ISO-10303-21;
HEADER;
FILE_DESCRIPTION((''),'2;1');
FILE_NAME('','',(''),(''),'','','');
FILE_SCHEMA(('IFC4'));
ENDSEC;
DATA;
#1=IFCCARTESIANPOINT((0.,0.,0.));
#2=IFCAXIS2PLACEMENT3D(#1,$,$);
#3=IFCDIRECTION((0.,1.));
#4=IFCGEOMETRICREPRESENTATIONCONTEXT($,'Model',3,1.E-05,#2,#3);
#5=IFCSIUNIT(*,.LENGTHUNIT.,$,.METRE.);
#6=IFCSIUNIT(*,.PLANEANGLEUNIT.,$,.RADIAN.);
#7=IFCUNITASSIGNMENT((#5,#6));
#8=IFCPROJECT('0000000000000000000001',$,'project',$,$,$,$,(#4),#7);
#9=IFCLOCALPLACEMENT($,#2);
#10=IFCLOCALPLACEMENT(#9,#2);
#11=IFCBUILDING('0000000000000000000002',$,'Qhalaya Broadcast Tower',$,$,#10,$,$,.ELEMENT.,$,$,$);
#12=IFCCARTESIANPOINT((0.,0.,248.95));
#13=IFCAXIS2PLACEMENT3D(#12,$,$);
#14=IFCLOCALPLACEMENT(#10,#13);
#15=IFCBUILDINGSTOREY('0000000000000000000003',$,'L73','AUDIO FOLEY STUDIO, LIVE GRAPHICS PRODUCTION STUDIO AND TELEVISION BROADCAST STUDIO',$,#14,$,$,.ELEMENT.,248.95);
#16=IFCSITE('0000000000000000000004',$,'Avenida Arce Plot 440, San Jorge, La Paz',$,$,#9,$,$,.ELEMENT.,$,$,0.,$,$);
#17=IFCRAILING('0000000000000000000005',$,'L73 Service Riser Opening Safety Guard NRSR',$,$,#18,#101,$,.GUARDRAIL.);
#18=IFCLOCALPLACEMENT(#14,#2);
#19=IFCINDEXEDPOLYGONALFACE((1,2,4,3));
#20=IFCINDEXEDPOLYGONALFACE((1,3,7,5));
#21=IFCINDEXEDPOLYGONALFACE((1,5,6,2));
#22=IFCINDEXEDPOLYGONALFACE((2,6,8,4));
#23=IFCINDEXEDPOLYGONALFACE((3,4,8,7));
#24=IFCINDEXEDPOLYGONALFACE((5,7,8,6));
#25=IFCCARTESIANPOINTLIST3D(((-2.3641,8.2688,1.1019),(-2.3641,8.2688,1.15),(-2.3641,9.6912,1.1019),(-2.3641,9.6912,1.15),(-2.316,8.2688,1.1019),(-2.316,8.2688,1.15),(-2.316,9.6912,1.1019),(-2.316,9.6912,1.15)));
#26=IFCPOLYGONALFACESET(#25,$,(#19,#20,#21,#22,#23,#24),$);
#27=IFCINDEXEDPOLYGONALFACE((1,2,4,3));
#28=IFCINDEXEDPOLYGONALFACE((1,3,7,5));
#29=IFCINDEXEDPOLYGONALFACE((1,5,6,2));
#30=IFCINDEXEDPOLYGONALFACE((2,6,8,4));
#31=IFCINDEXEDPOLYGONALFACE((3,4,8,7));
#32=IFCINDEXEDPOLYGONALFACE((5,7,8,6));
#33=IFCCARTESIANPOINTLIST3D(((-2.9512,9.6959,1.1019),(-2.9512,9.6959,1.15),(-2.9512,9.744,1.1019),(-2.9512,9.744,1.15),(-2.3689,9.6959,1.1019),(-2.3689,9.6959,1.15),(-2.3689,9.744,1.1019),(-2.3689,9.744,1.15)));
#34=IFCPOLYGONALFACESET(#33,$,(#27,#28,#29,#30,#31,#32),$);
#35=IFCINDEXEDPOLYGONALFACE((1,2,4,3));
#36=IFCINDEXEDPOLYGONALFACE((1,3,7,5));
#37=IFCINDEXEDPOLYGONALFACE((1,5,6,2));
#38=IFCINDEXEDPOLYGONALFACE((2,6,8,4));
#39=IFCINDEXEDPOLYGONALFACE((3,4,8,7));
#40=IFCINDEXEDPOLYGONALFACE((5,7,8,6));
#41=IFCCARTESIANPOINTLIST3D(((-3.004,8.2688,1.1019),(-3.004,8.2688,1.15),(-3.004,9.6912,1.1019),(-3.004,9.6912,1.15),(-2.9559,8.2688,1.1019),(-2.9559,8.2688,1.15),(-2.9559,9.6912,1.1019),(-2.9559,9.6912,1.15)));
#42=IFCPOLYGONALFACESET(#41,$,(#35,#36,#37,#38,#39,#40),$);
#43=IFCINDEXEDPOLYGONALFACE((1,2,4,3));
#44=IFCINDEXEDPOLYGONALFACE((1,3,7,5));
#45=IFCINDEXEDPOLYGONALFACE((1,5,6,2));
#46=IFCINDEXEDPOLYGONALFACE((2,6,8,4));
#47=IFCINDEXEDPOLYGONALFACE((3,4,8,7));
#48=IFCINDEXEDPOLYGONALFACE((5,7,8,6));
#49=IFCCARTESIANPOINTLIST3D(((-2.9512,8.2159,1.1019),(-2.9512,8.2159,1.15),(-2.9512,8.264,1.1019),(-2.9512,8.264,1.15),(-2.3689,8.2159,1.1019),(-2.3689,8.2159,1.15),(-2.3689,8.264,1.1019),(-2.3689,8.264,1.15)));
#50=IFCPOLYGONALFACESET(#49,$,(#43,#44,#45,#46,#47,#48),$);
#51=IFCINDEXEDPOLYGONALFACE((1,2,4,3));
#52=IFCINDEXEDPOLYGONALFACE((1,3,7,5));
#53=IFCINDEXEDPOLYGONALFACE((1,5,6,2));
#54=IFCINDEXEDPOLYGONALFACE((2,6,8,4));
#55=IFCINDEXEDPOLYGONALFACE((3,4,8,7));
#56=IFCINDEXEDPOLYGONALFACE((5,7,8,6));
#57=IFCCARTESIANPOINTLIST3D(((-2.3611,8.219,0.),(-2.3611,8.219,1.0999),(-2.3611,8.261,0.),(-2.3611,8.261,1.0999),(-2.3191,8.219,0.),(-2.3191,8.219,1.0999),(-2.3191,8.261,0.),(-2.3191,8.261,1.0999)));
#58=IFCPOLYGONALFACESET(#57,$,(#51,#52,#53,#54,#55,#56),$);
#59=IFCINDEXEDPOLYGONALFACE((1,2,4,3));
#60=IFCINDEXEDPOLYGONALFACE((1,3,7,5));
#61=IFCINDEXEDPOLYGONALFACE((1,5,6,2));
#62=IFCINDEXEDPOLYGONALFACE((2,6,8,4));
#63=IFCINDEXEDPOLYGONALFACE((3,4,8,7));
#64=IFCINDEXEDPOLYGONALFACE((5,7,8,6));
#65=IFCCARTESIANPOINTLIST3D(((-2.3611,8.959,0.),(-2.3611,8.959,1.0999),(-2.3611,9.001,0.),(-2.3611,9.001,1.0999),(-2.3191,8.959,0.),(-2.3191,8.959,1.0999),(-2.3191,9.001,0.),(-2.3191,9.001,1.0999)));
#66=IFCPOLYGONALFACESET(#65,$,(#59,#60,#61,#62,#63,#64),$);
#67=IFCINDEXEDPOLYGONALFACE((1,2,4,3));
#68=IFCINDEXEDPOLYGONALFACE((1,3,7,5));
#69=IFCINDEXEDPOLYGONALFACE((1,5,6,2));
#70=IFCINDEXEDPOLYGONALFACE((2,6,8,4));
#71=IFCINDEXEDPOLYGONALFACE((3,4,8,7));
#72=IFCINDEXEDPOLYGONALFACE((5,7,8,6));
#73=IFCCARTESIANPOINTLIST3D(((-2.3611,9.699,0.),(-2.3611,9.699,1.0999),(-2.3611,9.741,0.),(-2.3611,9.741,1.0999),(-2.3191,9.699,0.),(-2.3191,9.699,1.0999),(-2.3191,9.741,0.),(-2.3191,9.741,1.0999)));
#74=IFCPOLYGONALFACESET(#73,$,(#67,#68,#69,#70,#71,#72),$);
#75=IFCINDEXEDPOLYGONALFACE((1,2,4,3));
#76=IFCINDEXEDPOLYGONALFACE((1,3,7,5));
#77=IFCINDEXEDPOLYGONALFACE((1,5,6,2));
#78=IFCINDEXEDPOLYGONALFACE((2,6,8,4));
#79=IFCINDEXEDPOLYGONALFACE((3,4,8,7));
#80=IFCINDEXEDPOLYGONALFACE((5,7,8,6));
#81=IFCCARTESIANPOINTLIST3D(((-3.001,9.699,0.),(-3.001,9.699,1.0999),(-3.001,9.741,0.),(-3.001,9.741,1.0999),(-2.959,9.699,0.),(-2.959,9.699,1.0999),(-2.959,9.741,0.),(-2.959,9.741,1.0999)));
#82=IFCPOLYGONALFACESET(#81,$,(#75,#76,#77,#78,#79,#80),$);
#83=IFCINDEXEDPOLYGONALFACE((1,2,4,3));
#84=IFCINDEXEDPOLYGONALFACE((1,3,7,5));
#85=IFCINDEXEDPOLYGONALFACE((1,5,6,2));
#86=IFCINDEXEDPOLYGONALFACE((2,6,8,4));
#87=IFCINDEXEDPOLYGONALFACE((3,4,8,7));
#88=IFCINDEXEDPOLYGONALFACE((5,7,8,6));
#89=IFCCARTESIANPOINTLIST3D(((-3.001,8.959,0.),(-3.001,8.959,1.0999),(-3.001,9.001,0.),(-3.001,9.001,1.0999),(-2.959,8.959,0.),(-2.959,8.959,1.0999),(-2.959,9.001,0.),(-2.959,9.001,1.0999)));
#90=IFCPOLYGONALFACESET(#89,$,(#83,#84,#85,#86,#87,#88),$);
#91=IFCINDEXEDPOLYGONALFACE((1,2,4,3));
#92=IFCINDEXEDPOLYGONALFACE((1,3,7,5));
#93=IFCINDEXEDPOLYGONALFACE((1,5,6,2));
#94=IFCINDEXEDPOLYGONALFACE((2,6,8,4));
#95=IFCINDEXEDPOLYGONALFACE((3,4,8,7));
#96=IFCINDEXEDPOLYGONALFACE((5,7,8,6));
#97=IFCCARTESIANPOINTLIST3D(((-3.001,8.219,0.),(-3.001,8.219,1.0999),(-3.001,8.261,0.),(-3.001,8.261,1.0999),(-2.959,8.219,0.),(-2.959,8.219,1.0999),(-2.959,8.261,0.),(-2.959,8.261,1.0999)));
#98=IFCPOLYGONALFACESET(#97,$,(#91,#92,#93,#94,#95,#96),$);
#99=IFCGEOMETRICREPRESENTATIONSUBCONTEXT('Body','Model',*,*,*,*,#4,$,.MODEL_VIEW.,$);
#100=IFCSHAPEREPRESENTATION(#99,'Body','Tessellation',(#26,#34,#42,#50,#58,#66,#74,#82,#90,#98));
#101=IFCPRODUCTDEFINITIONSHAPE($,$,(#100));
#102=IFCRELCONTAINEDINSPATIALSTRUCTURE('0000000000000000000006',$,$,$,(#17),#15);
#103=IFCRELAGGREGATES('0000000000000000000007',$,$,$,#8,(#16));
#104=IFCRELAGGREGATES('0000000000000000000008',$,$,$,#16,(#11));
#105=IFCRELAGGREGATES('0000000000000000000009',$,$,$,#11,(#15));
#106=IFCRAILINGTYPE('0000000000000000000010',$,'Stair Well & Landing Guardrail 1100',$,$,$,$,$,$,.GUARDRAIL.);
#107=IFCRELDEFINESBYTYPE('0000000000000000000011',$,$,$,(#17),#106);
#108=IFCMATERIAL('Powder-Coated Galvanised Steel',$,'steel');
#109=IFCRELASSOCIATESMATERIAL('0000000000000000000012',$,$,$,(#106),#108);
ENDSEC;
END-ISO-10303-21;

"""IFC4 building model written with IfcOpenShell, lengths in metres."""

from ifc_helpers import new_model, si_unit, direction, frame, origin, origin_2d, place, context, subcontext, project, spatial, rectangle, extrude, material, type_object, element, save


model = new_model("IFC4")

# Units and contexts
model_context = context("Model", 3, precision=1e-05, world=origin(), true_north=direction((0.0, 1.0)))
body_context = subcontext(model_context, "Body", "Model", "MODEL_VIEW")
ifc_project = project(units=[si_unit("LENGTHUNIT", "METRE"), si_unit("PLANEANGLEUNIT", "RADIAN")], contexts=[model_context])

# Site, building, storey
site_placement = place(None, origin())
site = spatial("IfcSite", under=ifc_project, at=site_placement, Name="Avenida Arce Plot 440, San Jorge, La Paz", CompositionType="ELEMENT", RefElevation=0.0)
building_placement = place(site_placement, origin())
building = spatial("IfcBuilding", under=site, at=building_placement, Name="Qhalaya Broadcast Tower", CompositionType="ELEMENT")
storey_placement = place(building_placement, frame((0.0, 0.0, 248.95)))
storey = spatial("IfcBuildingStorey", under=building, at=storey_placement, Name="L73", Description="AUDIO FOLEY STUDIO, LIVE GRAPHICS PRODUCTION STUDIO AND TELEVISION BROADCAST STUDIO", CompositionType="ELEMENT", Elevation=248.95)

# Railing
ifc_material_1 = material(Name="Powder-Coated Galvanised Steel", Category="steel")
railing_type = type_object("IfcRailingType", Name="Stair Well & Landing Guardrail 1100", PredefinedType="GUARDRAIL", material=ifc_material_1)
railing_placement = place(storey_placement, frame((-2.3401, 8.24, 0.0)))
element("IfcRailing", 1, at=railing_placement, inside=storey, type_object=railing_type, Name="L73 Service Riser Opening Safety Guard NRSR", PredefinedType="GUARDRAIL", context=body_context, shape_type="SweptSolid", body=[
    extrude(rectangle(XDim=0.0481, YDim=0.0481, at=origin_2d()), frame((0.0, 0.0288, 1.126), z_axis=(0.0, 1.0, 0.0), x_axis=(-1.0, 0.0, 0.0)), (0.0, 0.0, 1.0), 1.4224),
    extrude(rectangle(XDim=0.0481, YDim=0.0481, at=origin_2d()), frame((-0.0288, 1.48, 1.126), z_axis=(-1.0, 0.0, 0.0), x_axis=(0.0, -1.0, 0.0)), (0.0, 0.0, 1.0), 0.5823),
    extrude(rectangle(XDim=0.0481, YDim=0.0481, at=origin_2d()), frame((-0.6399, 1.4512, 1.126), z_axis=(0.0, -1.0, 0.0), x_axis=(1.0, 0.0, 0.0)), (0.0, 0.0, 1.0), 1.4224),
    extrude(rectangle(XDim=0.0481, YDim=0.0481, at=origin_2d()), frame((-0.6111, 0.0, 1.126), z_axis=(1.0, 0.0, 0.0), x_axis=(0.0, 1.0, 0.0)), (0.0, 0.0, 1.0), 0.5823),
    extrude(rectangle(XDim=0.042, YDim=0.042, at=origin_2d()), origin(), (0.0, 0.0, 1.0), 1.0999),
    extrude(rectangle(XDim=0.042, YDim=0.042, at=origin_2d()), frame((0.0, 0.74, 0.0)), (0.0, 0.0, 1.0), 1.0999),
    extrude(rectangle(XDim=0.042, YDim=0.042, at=origin_2d()), frame((0.0, 1.48, 0.0)), (0.0, 0.0, 1.0), 1.0999),
    extrude(rectangle(XDim=0.042, YDim=0.042, at=origin_2d()), frame((-0.6399, 1.48, 0.0)), (0.0, 0.0, 1.0), 1.0999),
    extrude(rectangle(XDim=0.042, YDim=0.042, at=origin_2d()), frame((-0.6399, 0.74, 0.0)), (0.0, 0.0, 1.0), 1.0999),
    extrude(rectangle(XDim=0.042, YDim=0.042, at=origin_2d()), frame((-0.6399, 0.0, 0.0)), (0.0, 0.0, 1.0), 1.0999),
])

save(model, "model.ifc")
